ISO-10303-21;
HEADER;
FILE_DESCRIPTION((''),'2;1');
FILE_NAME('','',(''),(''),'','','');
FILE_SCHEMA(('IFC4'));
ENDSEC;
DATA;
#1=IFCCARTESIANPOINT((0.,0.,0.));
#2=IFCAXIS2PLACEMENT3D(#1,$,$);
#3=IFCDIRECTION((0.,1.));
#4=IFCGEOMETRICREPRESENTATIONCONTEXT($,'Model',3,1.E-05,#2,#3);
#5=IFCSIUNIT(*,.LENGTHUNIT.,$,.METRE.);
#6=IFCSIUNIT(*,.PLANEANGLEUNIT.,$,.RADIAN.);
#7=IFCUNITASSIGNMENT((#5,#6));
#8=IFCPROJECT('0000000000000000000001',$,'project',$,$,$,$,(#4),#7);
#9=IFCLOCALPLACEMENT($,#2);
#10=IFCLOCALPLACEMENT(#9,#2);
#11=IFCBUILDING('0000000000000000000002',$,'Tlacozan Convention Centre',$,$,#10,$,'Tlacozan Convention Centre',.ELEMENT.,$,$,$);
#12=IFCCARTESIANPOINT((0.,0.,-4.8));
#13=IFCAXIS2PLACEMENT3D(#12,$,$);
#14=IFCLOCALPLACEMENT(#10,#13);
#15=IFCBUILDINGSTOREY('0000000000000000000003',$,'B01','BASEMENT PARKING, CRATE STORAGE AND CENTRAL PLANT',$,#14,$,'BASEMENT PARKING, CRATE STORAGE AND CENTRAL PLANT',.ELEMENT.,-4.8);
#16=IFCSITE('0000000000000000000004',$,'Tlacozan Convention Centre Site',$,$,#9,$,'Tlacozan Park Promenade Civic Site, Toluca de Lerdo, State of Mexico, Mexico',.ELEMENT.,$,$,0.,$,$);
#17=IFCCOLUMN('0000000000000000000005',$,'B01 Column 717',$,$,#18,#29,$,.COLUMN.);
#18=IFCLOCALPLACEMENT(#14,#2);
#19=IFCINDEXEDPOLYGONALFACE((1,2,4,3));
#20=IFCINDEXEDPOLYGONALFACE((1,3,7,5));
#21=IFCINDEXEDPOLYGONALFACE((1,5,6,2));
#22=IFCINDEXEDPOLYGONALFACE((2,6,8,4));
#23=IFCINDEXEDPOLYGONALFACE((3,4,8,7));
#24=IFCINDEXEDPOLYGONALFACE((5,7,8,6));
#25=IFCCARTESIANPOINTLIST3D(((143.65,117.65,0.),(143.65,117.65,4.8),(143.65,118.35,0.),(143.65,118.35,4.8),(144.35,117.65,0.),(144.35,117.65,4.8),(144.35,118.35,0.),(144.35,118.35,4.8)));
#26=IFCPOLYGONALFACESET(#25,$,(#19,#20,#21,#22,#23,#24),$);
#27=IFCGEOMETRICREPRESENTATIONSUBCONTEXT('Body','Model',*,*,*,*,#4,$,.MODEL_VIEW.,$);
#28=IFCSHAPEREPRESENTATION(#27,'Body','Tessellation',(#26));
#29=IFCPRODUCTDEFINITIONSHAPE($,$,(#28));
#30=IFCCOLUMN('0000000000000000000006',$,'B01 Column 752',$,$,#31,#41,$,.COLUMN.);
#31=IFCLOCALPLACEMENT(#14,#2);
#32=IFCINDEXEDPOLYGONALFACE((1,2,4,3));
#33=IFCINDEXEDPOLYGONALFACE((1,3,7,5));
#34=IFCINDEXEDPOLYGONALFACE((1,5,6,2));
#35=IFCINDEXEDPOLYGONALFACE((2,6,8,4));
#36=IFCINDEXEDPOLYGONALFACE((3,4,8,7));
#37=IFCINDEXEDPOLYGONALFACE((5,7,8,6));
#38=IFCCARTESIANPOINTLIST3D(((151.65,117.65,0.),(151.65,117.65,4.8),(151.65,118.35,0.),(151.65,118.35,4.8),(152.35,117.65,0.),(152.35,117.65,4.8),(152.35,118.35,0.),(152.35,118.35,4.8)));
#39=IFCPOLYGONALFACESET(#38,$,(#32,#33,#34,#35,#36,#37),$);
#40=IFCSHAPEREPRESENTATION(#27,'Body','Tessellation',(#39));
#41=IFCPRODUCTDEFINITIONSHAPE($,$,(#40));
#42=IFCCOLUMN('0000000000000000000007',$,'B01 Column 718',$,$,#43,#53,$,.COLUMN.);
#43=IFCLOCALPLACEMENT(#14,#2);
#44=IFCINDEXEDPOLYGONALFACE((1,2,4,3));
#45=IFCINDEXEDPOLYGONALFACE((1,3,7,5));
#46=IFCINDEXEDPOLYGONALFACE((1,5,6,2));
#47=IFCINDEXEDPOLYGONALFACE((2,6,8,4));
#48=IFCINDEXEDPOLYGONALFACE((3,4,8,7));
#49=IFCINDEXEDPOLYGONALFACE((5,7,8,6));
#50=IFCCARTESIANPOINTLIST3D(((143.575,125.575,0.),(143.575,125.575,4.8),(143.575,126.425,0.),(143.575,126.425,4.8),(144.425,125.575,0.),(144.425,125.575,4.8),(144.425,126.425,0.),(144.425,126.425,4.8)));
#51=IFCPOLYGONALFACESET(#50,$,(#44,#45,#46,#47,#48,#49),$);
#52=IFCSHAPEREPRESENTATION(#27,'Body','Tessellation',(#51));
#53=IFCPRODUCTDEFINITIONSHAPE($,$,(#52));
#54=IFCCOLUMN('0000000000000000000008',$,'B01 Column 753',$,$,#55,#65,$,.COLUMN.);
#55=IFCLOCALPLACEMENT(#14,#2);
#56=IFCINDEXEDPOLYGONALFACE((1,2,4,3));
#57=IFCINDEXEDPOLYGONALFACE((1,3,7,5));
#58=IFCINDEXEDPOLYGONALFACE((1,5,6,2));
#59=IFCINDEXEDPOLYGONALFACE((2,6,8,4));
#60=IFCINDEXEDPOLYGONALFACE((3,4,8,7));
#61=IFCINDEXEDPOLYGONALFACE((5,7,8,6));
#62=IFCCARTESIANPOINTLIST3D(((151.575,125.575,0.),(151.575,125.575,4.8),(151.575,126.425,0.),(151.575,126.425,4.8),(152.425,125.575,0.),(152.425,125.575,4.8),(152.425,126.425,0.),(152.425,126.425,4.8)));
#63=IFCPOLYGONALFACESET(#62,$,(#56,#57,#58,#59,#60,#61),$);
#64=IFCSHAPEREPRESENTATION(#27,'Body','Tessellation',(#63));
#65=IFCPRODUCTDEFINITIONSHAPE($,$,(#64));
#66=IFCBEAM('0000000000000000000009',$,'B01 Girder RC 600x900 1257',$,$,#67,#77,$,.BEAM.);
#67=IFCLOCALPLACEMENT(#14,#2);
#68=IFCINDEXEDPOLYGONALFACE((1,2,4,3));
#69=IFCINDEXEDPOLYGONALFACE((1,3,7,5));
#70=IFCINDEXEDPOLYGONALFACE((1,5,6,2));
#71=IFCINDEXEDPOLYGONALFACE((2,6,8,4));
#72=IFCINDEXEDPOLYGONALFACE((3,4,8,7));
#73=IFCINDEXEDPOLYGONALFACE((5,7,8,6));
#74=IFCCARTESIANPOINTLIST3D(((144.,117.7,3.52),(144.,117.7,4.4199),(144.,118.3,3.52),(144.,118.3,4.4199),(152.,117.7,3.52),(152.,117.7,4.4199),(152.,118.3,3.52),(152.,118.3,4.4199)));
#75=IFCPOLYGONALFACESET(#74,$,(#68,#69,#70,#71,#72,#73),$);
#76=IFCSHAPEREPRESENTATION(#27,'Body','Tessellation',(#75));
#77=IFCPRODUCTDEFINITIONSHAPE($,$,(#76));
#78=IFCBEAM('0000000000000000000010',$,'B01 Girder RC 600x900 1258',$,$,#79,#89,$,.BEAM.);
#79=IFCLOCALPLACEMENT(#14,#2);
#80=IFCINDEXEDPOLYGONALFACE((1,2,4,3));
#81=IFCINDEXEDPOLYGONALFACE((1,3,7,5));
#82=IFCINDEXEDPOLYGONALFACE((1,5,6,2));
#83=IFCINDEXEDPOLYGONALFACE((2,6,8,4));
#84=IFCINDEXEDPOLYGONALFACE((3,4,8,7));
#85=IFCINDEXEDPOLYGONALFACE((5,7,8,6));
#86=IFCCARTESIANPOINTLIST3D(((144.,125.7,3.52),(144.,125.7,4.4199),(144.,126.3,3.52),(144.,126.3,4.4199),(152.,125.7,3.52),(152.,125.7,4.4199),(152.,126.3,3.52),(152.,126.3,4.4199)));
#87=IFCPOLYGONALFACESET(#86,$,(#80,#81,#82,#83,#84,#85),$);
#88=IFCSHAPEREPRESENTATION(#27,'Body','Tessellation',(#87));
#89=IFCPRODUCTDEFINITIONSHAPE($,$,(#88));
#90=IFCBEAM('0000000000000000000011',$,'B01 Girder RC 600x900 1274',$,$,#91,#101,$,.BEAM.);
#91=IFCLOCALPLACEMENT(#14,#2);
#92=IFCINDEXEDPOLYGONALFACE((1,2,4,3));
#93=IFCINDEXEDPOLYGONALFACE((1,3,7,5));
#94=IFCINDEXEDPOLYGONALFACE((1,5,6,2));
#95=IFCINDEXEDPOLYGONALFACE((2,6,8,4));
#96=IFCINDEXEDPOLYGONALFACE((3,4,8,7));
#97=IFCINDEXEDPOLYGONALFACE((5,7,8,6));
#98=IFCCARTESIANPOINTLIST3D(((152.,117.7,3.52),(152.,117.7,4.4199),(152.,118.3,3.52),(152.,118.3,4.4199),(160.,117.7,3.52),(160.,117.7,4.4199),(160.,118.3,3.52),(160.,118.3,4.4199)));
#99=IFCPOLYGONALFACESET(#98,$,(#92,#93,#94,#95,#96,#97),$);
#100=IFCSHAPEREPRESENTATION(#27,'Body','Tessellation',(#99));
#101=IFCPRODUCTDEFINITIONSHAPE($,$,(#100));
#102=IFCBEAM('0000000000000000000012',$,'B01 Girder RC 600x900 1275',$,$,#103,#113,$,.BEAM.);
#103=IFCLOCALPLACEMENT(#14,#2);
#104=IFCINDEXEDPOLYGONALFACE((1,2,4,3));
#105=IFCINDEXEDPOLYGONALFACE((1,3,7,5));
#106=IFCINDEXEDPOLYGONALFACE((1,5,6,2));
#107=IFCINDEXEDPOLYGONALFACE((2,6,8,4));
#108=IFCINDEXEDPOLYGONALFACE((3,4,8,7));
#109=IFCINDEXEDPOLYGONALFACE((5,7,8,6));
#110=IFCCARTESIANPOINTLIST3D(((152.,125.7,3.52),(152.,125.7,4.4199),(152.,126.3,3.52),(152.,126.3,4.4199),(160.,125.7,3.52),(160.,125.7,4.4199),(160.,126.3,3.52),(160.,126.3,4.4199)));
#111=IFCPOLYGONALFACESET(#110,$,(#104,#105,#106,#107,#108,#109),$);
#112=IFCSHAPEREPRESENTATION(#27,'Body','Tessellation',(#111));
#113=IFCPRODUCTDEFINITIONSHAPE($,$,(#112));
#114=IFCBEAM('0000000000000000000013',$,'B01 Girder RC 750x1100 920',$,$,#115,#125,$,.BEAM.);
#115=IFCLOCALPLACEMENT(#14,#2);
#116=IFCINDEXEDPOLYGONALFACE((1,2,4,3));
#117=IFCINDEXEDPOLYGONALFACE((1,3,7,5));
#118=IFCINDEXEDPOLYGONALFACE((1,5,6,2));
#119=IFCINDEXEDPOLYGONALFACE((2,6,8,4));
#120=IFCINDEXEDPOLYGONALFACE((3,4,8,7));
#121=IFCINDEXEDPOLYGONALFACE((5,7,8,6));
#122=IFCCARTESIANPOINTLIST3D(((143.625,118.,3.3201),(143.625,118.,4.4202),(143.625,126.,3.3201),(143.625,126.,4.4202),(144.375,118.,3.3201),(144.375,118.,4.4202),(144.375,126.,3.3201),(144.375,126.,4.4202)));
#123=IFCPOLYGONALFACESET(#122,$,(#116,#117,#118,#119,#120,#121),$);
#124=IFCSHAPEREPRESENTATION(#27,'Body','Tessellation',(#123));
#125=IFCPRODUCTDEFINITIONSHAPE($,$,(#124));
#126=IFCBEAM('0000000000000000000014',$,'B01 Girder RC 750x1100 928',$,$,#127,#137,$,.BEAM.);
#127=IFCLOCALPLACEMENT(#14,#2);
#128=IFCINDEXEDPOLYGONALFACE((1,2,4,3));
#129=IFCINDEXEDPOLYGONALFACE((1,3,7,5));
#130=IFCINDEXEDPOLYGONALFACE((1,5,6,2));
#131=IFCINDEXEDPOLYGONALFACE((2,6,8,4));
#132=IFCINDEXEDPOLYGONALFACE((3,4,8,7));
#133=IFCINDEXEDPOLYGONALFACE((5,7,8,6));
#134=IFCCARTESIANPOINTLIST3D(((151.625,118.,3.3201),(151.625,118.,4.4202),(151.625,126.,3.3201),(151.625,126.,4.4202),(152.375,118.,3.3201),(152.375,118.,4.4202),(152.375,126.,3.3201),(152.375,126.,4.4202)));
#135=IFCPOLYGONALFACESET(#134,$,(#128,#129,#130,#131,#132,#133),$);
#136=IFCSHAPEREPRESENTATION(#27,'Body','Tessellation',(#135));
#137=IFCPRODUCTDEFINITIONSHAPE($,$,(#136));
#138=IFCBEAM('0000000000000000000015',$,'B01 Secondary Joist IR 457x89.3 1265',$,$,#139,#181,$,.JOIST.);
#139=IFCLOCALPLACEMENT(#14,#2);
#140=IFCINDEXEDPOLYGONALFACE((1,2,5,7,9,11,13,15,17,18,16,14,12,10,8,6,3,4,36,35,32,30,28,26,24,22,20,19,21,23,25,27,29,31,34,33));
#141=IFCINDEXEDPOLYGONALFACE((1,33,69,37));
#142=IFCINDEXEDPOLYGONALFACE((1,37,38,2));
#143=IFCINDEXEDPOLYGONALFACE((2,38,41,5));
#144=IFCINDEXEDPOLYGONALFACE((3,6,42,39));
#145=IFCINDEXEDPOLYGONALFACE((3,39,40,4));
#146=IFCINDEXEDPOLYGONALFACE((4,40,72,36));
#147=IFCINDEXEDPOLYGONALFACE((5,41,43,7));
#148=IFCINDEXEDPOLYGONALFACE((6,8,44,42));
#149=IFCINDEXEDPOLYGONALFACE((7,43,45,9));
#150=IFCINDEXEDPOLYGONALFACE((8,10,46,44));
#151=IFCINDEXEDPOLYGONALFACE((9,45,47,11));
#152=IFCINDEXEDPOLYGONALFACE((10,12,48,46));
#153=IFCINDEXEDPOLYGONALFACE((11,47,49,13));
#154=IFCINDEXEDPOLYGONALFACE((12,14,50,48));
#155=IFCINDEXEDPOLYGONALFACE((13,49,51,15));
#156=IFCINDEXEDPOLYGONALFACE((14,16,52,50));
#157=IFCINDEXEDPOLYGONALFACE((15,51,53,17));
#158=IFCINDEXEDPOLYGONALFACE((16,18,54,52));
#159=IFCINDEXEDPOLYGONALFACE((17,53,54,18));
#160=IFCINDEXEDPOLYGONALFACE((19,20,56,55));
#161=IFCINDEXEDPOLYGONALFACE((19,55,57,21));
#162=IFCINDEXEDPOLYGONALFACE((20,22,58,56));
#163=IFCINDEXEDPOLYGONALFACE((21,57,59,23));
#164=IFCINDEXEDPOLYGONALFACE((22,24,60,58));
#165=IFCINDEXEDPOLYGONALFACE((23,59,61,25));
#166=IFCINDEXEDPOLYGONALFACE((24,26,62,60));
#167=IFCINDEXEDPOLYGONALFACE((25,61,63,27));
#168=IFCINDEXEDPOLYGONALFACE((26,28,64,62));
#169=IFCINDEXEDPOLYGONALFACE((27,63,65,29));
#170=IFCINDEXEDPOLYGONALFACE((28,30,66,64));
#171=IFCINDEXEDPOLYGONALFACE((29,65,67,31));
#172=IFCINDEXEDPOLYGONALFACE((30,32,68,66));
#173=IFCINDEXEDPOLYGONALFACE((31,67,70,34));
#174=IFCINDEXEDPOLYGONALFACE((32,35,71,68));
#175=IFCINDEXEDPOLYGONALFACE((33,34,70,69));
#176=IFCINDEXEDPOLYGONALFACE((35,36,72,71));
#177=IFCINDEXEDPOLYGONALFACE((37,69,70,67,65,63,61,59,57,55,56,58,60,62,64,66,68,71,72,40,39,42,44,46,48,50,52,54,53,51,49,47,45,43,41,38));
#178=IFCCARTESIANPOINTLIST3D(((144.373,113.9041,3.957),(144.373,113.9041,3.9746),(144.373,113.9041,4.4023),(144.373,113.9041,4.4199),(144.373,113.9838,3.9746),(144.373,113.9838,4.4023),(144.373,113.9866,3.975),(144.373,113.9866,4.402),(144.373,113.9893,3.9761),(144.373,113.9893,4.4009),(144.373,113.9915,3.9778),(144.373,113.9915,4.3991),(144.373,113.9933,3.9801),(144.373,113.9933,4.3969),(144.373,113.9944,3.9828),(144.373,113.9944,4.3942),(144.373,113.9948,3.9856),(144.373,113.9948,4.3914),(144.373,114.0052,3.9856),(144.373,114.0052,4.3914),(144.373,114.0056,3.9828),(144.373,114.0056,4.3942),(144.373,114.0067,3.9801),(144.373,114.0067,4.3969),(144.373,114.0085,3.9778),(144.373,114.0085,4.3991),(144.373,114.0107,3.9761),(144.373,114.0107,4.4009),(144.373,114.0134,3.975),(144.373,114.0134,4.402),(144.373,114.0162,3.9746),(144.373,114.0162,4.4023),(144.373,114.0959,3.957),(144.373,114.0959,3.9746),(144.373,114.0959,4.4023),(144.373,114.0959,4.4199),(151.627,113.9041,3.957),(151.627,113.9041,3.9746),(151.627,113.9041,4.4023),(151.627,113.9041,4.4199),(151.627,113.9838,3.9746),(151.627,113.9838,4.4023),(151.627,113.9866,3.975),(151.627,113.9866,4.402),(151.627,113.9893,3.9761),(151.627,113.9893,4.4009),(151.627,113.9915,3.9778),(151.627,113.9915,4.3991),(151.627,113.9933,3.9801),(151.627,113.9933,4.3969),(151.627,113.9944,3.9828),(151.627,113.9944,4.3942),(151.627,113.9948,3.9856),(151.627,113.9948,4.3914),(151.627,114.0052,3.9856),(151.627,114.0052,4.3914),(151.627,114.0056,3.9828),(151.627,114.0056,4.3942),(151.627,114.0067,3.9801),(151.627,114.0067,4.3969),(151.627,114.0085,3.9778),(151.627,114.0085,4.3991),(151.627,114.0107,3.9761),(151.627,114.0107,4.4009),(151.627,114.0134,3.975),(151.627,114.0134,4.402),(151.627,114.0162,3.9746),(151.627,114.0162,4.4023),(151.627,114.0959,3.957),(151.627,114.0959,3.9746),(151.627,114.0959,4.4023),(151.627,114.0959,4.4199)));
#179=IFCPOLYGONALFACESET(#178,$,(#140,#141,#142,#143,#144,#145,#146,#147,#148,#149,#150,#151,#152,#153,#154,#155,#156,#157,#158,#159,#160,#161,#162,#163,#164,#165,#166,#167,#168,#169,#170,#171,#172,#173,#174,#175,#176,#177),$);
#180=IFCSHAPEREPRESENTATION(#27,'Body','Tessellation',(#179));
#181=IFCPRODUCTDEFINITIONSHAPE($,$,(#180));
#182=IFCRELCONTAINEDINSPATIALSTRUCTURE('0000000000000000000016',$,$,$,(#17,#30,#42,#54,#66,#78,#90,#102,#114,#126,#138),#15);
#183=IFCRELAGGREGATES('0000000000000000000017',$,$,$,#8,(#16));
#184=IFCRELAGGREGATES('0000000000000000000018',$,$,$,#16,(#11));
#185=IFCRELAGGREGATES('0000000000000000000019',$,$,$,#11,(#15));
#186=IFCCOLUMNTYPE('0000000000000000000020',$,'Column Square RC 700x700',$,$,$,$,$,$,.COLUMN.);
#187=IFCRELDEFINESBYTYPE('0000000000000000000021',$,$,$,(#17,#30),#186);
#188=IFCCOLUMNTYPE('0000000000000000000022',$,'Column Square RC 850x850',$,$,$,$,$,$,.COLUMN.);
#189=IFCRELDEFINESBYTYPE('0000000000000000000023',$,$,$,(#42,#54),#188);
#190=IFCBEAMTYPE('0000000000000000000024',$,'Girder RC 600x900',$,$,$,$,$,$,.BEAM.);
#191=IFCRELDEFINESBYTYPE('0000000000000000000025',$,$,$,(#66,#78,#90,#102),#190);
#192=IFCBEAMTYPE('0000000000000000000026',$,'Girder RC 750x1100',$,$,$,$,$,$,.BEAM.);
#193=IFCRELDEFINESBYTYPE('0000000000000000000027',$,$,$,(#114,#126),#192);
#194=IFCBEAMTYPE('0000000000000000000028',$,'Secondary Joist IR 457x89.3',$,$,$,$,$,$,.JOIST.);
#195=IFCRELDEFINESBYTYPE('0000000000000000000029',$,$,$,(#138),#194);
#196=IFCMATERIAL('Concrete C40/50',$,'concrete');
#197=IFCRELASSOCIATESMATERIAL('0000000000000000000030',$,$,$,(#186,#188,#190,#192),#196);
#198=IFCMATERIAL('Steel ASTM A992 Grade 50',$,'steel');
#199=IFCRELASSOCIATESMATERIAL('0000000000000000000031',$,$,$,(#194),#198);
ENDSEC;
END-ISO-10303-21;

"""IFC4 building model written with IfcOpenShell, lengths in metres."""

from ifc_helpers import new_model, si_unit, direction, frame, origin, origin_2d, place, context, subcontext, project, spatial, rectangle, i_section, extrude, material, material_profile, profile_set, type_object, element, save


model = new_model("IFC4")

# Units and contexts
model_context = context("Model", 3, precision=1e-05, world=origin(), true_north=direction((0.0, 1.0)))
body_context = subcontext(model_context, "Body", "Model", "MODEL_VIEW")
ifc_project = project(units=[si_unit("LENGTHUNIT", "METRE"), si_unit("PLANEANGLEUNIT", "RADIAN")], contexts=[model_context])

# Site, building, storey
site_placement = place(None, origin())
site = spatial("IfcSite", under=ifc_project, at=site_placement, Name="Tlacozan Convention Centre Site", LongName="Tlacozan Park Promenade Civic Site, Toluca de Lerdo, State of Mexico, Mexico", CompositionType="ELEMENT", RefElevation=0.0)
building_placement = place(site_placement, origin())
building = spatial("IfcBuilding", under=site, at=building_placement, Name="Tlacozan Convention Centre", LongName="Tlacozan Convention Centre", CompositionType="ELEMENT")
storey_placement = place(building_placement, frame((0.0, 0.0, -4.8)))
storey = spatial("IfcBuildingStorey", under=building, at=storey_placement, Name="B01", Description="BASEMENT PARKING, CRATE STORAGE AND CENTRAL PLANT", LongName="BASEMENT PARKING, CRATE STORAGE AND CENTRAL PLANT", CompositionType="ELEMENT", Elevation=-4.8)

# Columns
ifc_material_1 = material(Name="Concrete C40/50", Category="concrete")
ifc_material_profile_1 = material_profile(ifc_material_1, rectangle(XDim=0.7, YDim=0.7, at=origin_2d()), Name="RC 700x700")
ifc_profile_set_1 = profile_set([ifc_material_profile_1], Name="Concrete C40/50")
column_type_1 = type_object("IfcColumnType", Name="Column Square RC 700x700", PredefinedType="COLUMN", material=ifc_profile_set_1)
for number, where, z_axis, x_axis, name in (
    (1, (144.0, 118.0, 0.0), (0.0, 0.0, 1.0), (1.0, 0.0, 0.0), "B01 Column 717"),
    (2, (152.0, 118.0, 0.0), (0.0, 0.0, 1.0), (1.0, 0.0, 0.0), "B01 Column 752"),
):
    element("IfcColumn", number, at=place(storey_placement, frame(where, z_axis=z_axis, x_axis=x_axis)), inside=storey, type_object=column_type_1, Name=name, PredefinedType="COLUMN", context=body_context, shape_type="SweptSolid", body=[
        extrude(rectangle(XDim=0.7, YDim=0.7, at=origin_2d()), origin(), (0.0, 0.0, 1.0), 4.8),
    ])
ifc_material_profile_2 = material_profile(ifc_material_1, rectangle(XDim=0.8501, YDim=0.8501, at=origin_2d()), Name="RC 850x850")
ifc_profile_set_2 = profile_set([ifc_material_profile_2], Name="Concrete C40/50")
column_type_2 = type_object("IfcColumnType", Name="Column Square RC 850x850", PredefinedType="COLUMN", material=ifc_profile_set_2)
for number, where, z_axis, x_axis, name in (
    (3, (144.0, 126.0, 0.0), (0.0, 0.0, 1.0), (1.0, 0.0, 0.0), "B01 Column 718"),
    (4, (152.0, 126.0, 0.0), (0.0, 0.0, 1.0), (1.0, 0.0, 0.0), "B01 Column 753"),
):
    element("IfcColumn", number, at=place(storey_placement, frame(where, z_axis=z_axis, x_axis=x_axis)), inside=storey, type_object=column_type_2, Name=name, PredefinedType="COLUMN", context=body_context, shape_type="SweptSolid", body=[
        extrude(rectangle(XDim=0.8501, YDim=0.8501, at=origin_2d()), origin(), (0.0, 0.0, 1.0), 4.8),
    ])

# Beams
ifc_material_profile_3 = material_profile(ifc_material_1, rectangle(XDim=0.6001, YDim=0.8999, at=origin_2d()), Name="RC 600x900")
ifc_profile_set_3 = profile_set([ifc_material_profile_3], Name="Concrete C40/50")
beam_type_1 = type_object("IfcBeamType", Name="Girder RC 600x900", PredefinedType="BEAM", material=ifc_profile_set_3)
for number, where, z_axis, x_axis, name in (
    (5, (144.0, 118.0, 3.97), (1.0, 0.0, 0.0), (0.0, 1.0, 0.0), "B01 Girder RC 600x900 1257"),
    (6, (144.0, 126.0, 3.97), (1.0, 0.0, 0.0), (0.0, 1.0, 0.0), "B01 Girder RC 600x900 1258"),
    (7, (152.0, 118.0, 3.97), (1.0, 0.0, 0.0), (0.0, 1.0, 0.0), "B01 Girder RC 600x900 1274"),
    (8, (152.0, 126.0, 3.97), (1.0, 0.0, 0.0), (0.0, 1.0, 0.0), "B01 Girder RC 600x900 1275"),
):
    element("IfcBeam", number, at=place(storey_placement, frame(where, z_axis=z_axis, x_axis=x_axis)), inside=storey, type_object=beam_type_1, Name=name, PredefinedType="BEAM", context=body_context, shape_type="SweptSolid", body=[
        extrude(rectangle(XDim=0.6001, YDim=0.8999, at=origin_2d()), origin(), (0.0, 0.0, 1.0), 8.0),
    ])
ifc_material_profile_4 = material_profile(ifc_material_1, rectangle(XDim=0.75, YDim=1.1001, at=origin_2d()), Name="RC 750x1100")
ifc_profile_set_4 = profile_set([ifc_material_profile_4], Name="Concrete C40/50")
beam_type_2 = type_object("IfcBeamType", Name="Girder RC 750x1100", PredefinedType="BEAM", material=ifc_profile_set_4)
for number, where, z_axis, x_axis, name in (
    (9, (144.0, 118.0, 3.8701), (0.0, 1.0, 0.0), (-1.0, 0.0, 0.0), "B01 Girder RC 750x1100 920"),
    (10, (152.0, 118.0, 3.8701), (0.0, 1.0, 0.0), (-1.0, 0.0, 0.0), "B01 Girder RC 750x1100 928"),
):
    element("IfcBeam", number, at=place(storey_placement, frame(where, z_axis=z_axis, x_axis=x_axis)), inside=storey, type_object=beam_type_2, Name=name, PredefinedType="BEAM", context=body_context, shape_type="SweptSolid", body=[
        extrude(rectangle(XDim=0.75, YDim=1.1001, at=origin_2d()), origin(), (0.0, 0.0, 1.0), 8.0),
    ])
ifc_material_2 = material(Name="Steel ASTM A992 Grade 50", Category="steel")
ifc_material_profile_5 = material_profile(ifc_material_2, i_section(OverallWidth=0.1919, OverallDepth=0.4629, WebThickness=0.0105, FlangeThickness=0.0176, FilletRadius=0.011, at=origin_2d()), Name="IR 457x89.3")
ifc_profile_set_5 = profile_set([ifc_material_profile_5], Name="Steel ASTM A992 Grade 50")
beam_type_3 = type_object("IfcBeamType", Name="Secondary Joist IR 457x89.3", PredefinedType="JOIST", material=ifc_profile_set_5)
for number, where, z_axis, x_axis, name in (
    (11, (144.373, 114.0, 4.1885), (1.0, 0.0, 0.0), (0.0, 1.0, 0.0), "B01 Secondary Joist IR 457x89.3 1265"),
):
    element("IfcBeam", number, at=place(storey_placement, frame(where, z_axis=z_axis, x_axis=x_axis)), inside=storey, type_object=beam_type_3, Name=name, PredefinedType="JOIST", context=body_context, shape_type="SweptSolid", body=[
        extrude(i_section(OverallWidth=0.1919, OverallDepth=0.4629, WebThickness=0.0105, FlangeThickness=0.0176, FilletRadius=0.011, at=origin_2d()), origin(), (0.0, 0.0, 1.0), 7.2539),
    ])

save(model, "model.ifc")
